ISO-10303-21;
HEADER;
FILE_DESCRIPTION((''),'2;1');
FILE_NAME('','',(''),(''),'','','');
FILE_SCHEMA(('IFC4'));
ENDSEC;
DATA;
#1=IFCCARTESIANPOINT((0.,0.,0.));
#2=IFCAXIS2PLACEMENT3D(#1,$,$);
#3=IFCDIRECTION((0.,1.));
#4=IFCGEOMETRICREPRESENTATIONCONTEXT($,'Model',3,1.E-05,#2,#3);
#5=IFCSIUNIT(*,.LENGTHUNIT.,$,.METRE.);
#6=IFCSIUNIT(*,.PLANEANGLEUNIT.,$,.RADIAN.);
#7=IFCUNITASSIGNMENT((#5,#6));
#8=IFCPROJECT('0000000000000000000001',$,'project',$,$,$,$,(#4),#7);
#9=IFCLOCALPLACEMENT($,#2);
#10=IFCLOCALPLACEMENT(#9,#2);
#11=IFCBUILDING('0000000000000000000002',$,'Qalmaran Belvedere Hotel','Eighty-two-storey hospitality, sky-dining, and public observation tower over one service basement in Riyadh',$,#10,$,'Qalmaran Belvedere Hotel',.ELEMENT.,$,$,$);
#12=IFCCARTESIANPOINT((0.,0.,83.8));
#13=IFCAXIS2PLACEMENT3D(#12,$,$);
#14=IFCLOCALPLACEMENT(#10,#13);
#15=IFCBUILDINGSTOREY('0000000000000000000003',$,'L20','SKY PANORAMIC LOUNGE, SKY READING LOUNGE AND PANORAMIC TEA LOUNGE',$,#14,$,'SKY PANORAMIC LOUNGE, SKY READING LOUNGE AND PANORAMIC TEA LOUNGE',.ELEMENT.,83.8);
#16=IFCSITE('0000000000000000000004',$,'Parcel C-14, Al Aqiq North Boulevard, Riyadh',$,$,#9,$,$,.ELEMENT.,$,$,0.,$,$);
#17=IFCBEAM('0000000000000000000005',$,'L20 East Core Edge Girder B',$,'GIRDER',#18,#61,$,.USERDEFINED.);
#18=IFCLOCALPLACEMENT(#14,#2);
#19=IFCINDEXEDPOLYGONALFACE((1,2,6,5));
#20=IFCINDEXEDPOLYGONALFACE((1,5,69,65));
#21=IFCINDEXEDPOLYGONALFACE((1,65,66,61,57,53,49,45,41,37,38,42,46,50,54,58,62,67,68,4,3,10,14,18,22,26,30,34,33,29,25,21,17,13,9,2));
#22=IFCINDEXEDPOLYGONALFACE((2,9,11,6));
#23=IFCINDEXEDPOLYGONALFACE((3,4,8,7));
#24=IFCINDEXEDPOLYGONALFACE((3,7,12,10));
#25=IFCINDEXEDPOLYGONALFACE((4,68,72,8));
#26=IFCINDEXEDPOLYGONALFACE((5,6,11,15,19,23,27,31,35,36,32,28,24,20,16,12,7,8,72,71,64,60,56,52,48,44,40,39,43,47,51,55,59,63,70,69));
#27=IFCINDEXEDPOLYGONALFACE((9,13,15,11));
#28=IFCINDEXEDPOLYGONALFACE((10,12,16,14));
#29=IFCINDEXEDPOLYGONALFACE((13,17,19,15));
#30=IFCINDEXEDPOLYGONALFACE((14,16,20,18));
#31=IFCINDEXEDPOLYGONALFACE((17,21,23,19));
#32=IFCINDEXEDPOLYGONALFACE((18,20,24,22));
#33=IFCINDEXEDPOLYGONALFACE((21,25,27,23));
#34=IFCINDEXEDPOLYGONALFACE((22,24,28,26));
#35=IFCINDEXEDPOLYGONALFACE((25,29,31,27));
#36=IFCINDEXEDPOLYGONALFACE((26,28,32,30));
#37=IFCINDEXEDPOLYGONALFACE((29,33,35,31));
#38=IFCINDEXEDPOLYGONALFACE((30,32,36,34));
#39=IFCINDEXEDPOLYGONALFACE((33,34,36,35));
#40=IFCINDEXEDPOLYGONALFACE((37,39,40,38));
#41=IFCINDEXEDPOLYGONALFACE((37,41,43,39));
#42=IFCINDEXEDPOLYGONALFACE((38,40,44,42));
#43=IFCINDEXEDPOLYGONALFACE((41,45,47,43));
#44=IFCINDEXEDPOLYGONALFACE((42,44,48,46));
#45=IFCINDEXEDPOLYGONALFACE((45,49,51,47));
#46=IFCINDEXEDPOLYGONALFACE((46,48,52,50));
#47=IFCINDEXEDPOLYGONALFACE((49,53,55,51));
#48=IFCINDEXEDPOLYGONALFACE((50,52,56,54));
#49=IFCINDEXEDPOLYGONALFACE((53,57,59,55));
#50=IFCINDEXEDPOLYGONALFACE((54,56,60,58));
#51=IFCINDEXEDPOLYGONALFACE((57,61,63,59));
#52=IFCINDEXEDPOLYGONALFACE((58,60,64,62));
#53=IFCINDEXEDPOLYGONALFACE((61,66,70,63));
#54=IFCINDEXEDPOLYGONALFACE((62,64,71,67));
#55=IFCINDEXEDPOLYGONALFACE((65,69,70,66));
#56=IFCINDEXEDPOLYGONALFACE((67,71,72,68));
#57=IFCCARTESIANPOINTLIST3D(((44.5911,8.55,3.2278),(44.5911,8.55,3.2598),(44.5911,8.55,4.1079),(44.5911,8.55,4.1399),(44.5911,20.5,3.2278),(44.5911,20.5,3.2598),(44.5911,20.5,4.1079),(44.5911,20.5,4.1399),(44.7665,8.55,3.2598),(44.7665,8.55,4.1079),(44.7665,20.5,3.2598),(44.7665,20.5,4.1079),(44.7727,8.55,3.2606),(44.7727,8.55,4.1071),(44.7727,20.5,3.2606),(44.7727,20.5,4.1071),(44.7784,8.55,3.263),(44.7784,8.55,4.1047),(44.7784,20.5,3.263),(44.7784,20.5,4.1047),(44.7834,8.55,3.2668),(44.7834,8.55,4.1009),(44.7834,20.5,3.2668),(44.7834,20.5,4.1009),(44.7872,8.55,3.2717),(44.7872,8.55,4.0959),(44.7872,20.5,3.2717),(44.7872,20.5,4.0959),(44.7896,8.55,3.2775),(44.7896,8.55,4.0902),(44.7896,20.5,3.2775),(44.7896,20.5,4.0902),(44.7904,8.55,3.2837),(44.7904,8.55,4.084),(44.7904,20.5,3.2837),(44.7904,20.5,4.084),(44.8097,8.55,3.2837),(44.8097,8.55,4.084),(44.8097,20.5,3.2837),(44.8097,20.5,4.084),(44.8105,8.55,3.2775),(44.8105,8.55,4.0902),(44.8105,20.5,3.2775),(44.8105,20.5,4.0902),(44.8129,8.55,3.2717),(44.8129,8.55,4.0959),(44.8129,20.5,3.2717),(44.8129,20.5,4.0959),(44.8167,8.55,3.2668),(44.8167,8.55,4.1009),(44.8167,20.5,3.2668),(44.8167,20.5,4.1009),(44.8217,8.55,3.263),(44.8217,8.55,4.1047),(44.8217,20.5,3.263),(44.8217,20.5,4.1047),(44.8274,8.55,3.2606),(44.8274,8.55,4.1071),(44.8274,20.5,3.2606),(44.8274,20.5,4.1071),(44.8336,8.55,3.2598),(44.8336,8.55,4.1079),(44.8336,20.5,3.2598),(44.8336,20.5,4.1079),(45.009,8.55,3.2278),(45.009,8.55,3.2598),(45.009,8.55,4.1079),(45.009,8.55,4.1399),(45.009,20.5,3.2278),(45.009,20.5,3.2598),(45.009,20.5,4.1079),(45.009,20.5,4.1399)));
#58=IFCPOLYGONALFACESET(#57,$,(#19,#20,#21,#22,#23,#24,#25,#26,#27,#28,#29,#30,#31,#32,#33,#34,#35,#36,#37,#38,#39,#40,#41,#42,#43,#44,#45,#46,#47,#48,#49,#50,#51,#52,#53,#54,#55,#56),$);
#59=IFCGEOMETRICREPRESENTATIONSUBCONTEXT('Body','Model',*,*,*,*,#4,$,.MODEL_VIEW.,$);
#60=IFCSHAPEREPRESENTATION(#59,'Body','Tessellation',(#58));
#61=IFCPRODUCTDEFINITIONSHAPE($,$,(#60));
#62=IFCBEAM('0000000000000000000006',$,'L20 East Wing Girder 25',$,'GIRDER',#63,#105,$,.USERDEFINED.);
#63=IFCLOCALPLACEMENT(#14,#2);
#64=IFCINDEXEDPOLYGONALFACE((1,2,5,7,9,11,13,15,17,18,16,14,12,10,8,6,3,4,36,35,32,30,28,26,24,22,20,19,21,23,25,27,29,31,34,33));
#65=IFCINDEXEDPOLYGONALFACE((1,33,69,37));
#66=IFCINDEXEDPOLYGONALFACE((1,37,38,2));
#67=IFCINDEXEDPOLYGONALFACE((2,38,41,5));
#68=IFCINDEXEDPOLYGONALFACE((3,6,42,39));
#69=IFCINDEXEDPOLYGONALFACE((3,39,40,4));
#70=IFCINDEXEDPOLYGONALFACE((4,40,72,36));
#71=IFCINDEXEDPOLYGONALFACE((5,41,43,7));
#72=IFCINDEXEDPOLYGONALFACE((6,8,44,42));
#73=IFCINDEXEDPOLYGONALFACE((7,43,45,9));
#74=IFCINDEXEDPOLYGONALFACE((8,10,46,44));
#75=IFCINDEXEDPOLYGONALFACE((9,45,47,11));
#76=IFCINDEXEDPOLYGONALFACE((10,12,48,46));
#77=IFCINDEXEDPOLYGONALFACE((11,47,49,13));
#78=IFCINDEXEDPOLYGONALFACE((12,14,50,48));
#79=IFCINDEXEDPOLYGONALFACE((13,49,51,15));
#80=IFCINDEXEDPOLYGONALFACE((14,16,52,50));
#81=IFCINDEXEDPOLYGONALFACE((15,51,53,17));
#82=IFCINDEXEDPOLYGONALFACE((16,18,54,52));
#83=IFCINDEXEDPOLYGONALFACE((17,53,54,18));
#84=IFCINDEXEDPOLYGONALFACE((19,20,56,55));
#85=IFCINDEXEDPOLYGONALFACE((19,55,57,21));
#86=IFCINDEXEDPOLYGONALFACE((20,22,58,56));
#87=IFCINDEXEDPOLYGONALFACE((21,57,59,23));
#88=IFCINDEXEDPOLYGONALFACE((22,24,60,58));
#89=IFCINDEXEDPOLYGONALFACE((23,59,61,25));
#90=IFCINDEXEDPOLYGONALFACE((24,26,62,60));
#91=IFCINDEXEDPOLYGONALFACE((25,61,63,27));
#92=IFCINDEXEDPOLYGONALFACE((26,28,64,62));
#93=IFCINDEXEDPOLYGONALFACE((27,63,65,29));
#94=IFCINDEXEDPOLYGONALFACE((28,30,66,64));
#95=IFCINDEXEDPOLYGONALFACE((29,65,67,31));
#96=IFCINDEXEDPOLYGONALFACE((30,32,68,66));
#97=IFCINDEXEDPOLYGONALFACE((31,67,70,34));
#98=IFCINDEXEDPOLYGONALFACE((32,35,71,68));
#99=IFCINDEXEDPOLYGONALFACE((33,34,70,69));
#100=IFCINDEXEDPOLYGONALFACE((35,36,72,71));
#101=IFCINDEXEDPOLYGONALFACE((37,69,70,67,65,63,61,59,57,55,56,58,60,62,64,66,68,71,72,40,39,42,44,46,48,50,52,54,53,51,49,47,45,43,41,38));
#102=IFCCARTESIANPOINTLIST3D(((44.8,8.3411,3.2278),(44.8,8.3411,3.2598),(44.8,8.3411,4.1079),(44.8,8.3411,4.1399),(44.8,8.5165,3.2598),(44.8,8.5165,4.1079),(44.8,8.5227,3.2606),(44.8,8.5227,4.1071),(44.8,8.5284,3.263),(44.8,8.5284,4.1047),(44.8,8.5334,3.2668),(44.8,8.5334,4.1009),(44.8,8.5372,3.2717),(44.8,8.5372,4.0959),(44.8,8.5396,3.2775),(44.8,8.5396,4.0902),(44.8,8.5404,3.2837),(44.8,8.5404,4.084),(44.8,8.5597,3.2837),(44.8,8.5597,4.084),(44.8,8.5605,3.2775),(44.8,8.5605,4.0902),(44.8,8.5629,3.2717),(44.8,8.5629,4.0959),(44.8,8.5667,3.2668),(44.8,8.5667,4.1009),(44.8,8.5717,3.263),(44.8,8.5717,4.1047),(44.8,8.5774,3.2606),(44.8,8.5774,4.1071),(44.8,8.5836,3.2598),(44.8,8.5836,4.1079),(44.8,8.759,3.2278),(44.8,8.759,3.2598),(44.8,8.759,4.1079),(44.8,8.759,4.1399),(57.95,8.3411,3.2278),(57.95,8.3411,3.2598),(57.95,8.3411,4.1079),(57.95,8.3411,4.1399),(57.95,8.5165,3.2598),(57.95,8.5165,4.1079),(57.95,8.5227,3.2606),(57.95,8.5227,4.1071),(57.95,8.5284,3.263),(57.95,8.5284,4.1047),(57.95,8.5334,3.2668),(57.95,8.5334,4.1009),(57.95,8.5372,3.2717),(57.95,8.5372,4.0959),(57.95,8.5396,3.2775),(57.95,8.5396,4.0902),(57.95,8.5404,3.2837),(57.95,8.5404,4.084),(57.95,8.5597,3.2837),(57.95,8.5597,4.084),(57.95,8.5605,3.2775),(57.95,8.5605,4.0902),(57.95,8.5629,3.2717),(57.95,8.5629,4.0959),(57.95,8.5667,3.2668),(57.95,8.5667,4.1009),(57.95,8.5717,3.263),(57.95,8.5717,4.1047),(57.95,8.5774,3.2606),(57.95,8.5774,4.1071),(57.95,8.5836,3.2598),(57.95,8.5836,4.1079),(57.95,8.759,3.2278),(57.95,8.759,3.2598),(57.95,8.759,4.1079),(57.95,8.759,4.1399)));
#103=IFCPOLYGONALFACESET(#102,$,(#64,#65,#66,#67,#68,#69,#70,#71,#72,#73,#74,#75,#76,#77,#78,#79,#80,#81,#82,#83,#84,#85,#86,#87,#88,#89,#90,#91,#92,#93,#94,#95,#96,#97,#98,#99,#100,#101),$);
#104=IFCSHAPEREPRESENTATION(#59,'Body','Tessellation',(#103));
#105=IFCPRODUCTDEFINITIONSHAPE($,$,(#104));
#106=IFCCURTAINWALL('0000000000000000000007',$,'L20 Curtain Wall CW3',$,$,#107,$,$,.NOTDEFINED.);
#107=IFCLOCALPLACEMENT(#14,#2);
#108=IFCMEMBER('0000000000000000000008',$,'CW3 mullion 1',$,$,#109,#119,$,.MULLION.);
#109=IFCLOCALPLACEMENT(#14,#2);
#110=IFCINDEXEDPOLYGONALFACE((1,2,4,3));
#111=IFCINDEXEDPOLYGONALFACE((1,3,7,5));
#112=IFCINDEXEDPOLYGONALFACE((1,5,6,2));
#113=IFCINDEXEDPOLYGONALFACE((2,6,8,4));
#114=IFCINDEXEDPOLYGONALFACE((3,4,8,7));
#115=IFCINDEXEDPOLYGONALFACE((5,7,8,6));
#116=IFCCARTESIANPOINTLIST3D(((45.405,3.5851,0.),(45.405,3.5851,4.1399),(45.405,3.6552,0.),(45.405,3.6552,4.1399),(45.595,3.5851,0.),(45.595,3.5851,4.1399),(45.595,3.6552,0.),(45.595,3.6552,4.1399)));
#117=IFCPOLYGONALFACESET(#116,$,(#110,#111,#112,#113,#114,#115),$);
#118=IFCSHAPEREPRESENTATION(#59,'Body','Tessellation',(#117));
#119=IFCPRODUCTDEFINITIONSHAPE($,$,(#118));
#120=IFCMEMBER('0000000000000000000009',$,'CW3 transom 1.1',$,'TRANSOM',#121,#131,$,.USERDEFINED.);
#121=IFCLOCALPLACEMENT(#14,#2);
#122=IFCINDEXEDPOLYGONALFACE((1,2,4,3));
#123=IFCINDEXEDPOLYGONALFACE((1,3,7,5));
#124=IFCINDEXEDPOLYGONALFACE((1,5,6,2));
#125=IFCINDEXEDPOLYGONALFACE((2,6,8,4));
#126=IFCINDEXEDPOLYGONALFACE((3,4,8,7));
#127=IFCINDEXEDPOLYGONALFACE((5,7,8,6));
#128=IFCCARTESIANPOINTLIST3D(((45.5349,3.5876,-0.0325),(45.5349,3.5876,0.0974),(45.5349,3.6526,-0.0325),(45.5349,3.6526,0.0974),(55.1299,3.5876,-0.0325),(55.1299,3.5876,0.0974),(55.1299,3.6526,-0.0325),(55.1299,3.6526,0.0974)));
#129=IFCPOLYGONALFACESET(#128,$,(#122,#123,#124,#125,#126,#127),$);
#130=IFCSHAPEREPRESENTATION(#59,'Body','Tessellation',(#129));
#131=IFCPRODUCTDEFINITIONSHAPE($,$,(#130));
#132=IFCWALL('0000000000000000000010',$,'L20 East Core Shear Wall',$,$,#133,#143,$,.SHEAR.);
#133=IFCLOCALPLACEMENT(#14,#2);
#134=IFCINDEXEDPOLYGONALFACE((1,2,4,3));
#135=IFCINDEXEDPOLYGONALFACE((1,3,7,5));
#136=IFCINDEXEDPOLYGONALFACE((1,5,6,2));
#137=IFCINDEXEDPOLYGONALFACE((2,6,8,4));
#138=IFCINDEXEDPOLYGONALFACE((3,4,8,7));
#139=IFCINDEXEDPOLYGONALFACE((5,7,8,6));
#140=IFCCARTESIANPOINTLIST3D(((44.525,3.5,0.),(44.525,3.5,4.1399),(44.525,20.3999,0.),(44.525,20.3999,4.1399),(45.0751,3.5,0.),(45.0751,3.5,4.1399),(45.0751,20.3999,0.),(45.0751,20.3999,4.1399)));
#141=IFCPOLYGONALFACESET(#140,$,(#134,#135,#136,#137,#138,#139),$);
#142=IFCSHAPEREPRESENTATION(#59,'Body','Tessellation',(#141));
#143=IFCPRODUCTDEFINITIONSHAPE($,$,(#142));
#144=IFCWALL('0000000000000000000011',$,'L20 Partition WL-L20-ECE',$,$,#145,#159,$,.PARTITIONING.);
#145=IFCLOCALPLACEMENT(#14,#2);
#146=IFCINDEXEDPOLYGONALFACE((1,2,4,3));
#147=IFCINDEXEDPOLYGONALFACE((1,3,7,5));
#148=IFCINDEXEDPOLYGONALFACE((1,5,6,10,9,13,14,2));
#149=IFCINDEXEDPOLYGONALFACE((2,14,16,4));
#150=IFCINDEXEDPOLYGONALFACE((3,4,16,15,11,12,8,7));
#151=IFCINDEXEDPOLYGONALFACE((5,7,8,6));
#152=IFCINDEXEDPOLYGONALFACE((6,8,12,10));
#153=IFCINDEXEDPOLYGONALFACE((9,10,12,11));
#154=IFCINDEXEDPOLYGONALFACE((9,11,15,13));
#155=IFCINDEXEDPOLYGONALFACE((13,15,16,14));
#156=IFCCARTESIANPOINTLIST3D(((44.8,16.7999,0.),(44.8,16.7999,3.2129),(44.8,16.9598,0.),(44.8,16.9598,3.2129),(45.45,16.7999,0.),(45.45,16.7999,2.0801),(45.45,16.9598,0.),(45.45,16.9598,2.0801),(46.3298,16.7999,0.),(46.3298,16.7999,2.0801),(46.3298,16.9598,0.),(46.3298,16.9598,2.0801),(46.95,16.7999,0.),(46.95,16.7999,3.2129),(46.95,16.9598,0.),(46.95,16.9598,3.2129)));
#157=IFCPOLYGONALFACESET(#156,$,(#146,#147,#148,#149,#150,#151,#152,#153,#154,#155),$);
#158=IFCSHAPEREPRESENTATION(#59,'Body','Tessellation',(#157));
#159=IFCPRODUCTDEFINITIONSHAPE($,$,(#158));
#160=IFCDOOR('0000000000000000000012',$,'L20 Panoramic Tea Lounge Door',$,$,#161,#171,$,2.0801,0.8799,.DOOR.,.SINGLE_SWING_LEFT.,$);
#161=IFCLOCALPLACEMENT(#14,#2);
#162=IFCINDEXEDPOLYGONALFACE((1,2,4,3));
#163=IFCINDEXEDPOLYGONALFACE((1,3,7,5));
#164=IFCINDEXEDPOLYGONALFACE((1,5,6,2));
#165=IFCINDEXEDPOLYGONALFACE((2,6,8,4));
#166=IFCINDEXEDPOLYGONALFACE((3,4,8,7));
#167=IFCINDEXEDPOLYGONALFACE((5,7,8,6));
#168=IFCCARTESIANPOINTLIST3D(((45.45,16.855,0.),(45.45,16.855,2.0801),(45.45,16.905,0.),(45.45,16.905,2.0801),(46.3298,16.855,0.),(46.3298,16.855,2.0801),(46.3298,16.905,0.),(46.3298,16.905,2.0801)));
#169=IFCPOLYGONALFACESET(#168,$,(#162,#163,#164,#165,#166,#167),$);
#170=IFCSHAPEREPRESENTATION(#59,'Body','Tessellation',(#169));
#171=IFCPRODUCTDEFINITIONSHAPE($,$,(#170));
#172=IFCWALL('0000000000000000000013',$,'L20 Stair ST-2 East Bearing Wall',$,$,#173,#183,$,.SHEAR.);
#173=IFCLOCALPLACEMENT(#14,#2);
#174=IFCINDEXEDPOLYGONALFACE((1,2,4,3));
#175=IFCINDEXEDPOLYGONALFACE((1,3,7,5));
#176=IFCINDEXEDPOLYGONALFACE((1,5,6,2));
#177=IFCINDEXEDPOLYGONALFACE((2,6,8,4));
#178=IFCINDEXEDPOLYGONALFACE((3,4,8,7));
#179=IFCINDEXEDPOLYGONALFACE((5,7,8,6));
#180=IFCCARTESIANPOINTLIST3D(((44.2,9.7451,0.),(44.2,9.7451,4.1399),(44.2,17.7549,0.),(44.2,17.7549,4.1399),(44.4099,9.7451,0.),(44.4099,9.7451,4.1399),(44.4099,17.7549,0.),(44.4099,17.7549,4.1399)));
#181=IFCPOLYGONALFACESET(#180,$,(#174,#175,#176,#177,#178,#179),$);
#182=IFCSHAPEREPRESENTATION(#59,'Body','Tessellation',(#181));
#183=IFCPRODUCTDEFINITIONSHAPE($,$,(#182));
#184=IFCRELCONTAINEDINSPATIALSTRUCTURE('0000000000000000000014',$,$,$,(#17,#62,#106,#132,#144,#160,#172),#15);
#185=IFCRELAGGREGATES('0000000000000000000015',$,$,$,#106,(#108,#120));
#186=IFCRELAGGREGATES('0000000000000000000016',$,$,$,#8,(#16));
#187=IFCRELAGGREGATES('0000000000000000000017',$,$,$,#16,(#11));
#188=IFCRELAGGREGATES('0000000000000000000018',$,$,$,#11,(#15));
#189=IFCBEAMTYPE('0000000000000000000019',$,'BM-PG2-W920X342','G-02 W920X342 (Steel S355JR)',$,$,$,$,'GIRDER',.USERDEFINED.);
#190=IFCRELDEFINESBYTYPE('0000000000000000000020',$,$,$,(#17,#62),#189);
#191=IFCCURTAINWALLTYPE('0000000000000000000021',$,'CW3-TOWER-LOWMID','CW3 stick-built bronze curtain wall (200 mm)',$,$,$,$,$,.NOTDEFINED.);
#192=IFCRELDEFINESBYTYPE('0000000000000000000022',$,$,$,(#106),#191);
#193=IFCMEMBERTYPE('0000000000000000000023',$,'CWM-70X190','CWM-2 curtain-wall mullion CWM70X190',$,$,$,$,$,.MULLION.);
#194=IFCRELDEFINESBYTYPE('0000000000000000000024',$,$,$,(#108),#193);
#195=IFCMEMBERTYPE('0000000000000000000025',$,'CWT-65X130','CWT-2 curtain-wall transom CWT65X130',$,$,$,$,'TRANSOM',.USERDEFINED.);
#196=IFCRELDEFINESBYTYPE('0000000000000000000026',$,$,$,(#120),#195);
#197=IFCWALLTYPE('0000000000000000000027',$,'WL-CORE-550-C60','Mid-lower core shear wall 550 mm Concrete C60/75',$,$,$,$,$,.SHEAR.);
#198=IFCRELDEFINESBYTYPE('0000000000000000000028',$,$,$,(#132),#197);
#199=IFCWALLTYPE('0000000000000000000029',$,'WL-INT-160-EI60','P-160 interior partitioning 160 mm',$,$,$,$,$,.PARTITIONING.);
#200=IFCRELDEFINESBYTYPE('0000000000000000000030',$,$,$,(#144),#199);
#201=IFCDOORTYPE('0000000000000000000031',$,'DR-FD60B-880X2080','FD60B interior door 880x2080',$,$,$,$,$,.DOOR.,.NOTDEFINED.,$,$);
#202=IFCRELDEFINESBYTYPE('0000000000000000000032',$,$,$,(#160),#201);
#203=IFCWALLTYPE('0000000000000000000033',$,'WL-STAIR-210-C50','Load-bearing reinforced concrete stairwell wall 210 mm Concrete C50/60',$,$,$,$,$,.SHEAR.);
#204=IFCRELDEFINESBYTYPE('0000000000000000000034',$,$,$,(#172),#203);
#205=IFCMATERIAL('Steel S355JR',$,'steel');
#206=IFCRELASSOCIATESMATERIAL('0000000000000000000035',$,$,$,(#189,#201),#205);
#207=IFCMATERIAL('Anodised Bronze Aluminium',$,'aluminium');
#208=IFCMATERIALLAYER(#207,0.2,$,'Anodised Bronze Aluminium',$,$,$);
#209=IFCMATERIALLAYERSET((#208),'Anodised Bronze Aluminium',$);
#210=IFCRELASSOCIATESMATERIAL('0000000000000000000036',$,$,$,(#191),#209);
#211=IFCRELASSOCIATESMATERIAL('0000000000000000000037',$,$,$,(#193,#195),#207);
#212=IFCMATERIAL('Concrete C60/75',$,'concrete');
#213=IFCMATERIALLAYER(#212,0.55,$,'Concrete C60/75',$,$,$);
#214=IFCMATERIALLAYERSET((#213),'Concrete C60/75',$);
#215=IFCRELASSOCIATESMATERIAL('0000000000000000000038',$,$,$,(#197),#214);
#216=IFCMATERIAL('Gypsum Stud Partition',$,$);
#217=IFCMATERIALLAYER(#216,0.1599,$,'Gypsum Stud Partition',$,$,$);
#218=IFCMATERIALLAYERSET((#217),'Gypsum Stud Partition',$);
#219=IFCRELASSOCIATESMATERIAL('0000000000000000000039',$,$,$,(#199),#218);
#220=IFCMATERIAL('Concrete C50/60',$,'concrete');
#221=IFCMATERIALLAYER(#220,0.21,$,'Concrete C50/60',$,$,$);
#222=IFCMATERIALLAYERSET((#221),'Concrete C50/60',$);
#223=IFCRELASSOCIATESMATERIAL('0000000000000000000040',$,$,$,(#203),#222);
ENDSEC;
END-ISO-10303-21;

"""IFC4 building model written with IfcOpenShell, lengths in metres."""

from ifc_helpers import new_model, si_unit, direction, frame, frame_2d, origin, origin_2d, place, context, subcontext, project, spatial, rectangle, i_section, extrude, material, layer, layer_set, material_profile, profile_set, type_object, element, fill, aggregate, save


model = new_model("IFC4")

# Units and contexts
model_context = context("Model", 3, precision=1e-05, world=origin(), true_north=direction((0.0, 1.0)))
body_context = subcontext(model_context, "Body", "Model", "MODEL_VIEW")
ifc_project = project(units=[si_unit("LENGTHUNIT", "METRE"), si_unit("PLANEANGLEUNIT", "RADIAN")], contexts=[model_context])

# Site, building, storey
site_placement = place(None, origin())
site = spatial("IfcSite", under=ifc_project, at=site_placement, Name="Parcel C-14, Al Aqiq North Boulevard, Riyadh", CompositionType="ELEMENT", RefElevation=0.0)
building_placement = place(site_placement, origin())
building = spatial("IfcBuilding", under=site, at=building_placement, Name="Qalmaran Belvedere Hotel", Description="Eighty-two-storey hospitality, sky-dining, and public observation tower over one service basement in Riyadh", LongName="Qalmaran Belvedere Hotel", CompositionType="ELEMENT")
storey_placement = place(building_placement, frame((0.0, 0.0, 83.8)))
storey = spatial("IfcBuildingStorey", under=building, at=storey_placement, Name="L20", Description="SKY PANORAMIC LOUNGE, SKY READING LOUNGE AND PANORAMIC TEA LOUNGE", LongName="SKY PANORAMIC LOUNGE, SKY READING LOUNGE AND PANORAMIC TEA LOUNGE", CompositionType="ELEMENT", Elevation=83.8)

# Shared definitions
ifc_material_1 = material(Name="Concrete C60/75", Category="concrete")

# Beams
ifc_material_2 = material(Name="Steel S355JR", Category="steel")
ifc_material_profile_1 = material_profile(ifc_material_2, i_section(OverallWidth=0.418, OverallDepth=0.9121, WebThickness=0.0193, FlangeThickness=0.032, FilletRadius=0.0239, at=origin_2d()), Name="W920X342")
ifc_profile_set_1 = profile_set([ifc_material_profile_1], Name="Steel S355JR")
beam_type_1 = type_object("IfcBeamType", Name="BM-PG2-W920X342", Description="G-02 W920X342 (Steel S355JR)", ElementType="GIRDER", PredefinedType="USERDEFINED", material=ifc_profile_set_1)
beam_1_placement = place(storey_placement, frame((44.8, 8.55, 3.6838), z_axis=(0.0, 1.0, 0.0), x_axis=(-1.0, 0.0, 0.0)))
element("IfcBeam", 1, at=beam_1_placement, inside=storey, type_object=beam_type_1, Name="L20 East Core Edge Girder B", ObjectType="GIRDER", PredefinedType="USERDEFINED", context=body_context, shape_type="SweptSolid", body=[
    extrude(i_section(OverallWidth=0.418, OverallDepth=0.9121, WebThickness=0.0193, FlangeThickness=0.032, FilletRadius=0.0239, at=origin_2d()), origin(), (0.0, 0.0, 1.0), 11.95),
])
beam_2_placement = place(storey_placement, frame((44.8, 8.55, 3.6838), z_axis=(1.0, 0.0, 0.0), x_axis=(0.0, 1.0, 0.0)))
element("IfcBeam", 2, at=beam_2_placement, inside=storey, type_object=beam_type_1, Name="L20 East Wing Girder 25", ObjectType="GIRDER", PredefinedType="USERDEFINED", context=body_context, shape_type="SweptSolid", body=[
    extrude(i_section(OverallWidth=0.418, OverallDepth=0.9121, WebThickness=0.0193, FlangeThickness=0.032, FilletRadius=0.0239, at=origin_2d()), origin(), (0.0, 0.0, 1.0), 13.1499),
])

# Curtain wall, members
ifc_material_3 = material(Name="Anodised Bronze Aluminium", Category="aluminium")
ifc_layer_1 = layer(ifc_material_3, 0.2, Name="Anodised Bronze Aluminium")
ifc_layer_set_1 = layer_set([ifc_layer_1], Name="Anodised Bronze Aluminium")
curtain_wall_type = type_object("IfcCurtainWallType", Name="CW3-TOWER-LOWMID", Description="CW3 stick-built bronze curtain wall (200 mm)", PredefinedType="NOTDEFINED", material=ifc_layer_set_1)
curtain_wall_placement = place(storey_placement, origin())
curtain_wall = element("IfcCurtainWall", 3, at=curtain_wall_placement, inside=storey, type_object=curtain_wall_type, Name="L20 Curtain Wall CW3", PredefinedType="NOTDEFINED")
ifc_material_profile_2 = material_profile(ifc_material_3, rectangle(XDim=0.0701, YDim=0.1899, at=origin_2d()), Name="CWM70X190")
ifc_profile_set_2 = profile_set([ifc_material_profile_2], Name="Anodised Bronze Aluminium")
member_type_1 = type_object("IfcMemberType", Name="CWM-70X190", Description="CWM-2 curtain-wall mullion CWM70X190", PredefinedType="MULLION", material=ifc_profile_set_2)
member_1_placement = place(storey_placement, frame((45.5, 3.6201, 0.0), z_axis=(0.0, 0.0, 1.0), x_axis=(0.0, 1.0, 0.0)))
member_1 = element("IfcMember", 4, at=member_1_placement, type_object=member_type_1, Name="CW3 mullion 1", PredefinedType="MULLION", context=body_context, shape_type="SweptSolid", body=[
    extrude(rectangle(XDim=0.0701, YDim=0.1899, at=origin_2d()), origin(), (0.0, 0.0, 1.0), 4.1399),
])
ifc_material_profile_3 = material_profile(ifc_material_3, rectangle(XDim=0.0649, YDim=0.1299, at=origin_2d()), Name="CWT65X130")
ifc_profile_set_3 = profile_set([ifc_material_profile_3], Name="Anodised Bronze Aluminium")
member_type_2 = type_object("IfcMemberType", Name="CWT-65X130", Description="CWT-2 curtain-wall transom CWT65X130", ElementType="TRANSOM", PredefinedType="USERDEFINED", material=ifc_profile_set_3)
member_2_placement = place(storey_placement, frame((45.5349, 3.6201, 0.0325), z_axis=(1.0, 0.0, 0.0), x_axis=(0.0, 1.0, 0.0)))
member_2 = element("IfcMember", 5, at=member_2_placement, type_object=member_type_2, Name="CW3 transom 1.1", ObjectType="TRANSOM", PredefinedType="USERDEFINED", context=body_context, shape_type="SweptSolid", body=[
    extrude(rectangle(XDim=0.0649, YDim=0.1299, at=origin_2d()), origin(), (0.0, 0.0, 1.0), 9.595),
])
aggregate(curtain_wall, [member_1, member_2])

# Wall
ifc_layer_2 = layer(ifc_material_1, 0.55, Name="Concrete C60/75")
ifc_layer_set_2 = layer_set([ifc_layer_2], Name="Concrete C60/75")
wall_type_1 = type_object("IfcWallType", Name="WL-CORE-550-C60", Description="Mid-lower core shear wall 550 mm Concrete C60/75", PredefinedType="SHEAR", material=ifc_layer_set_2)
wall_1_placement = place(storey_placement, frame((44.8, 3.5, 0.0), z_axis=(0.0, 0.0, 1.0), x_axis=(0.0, 1.0, 0.0)))
element("IfcWall", 6, at=wall_1_placement, inside=storey, type_object=wall_type_1, Name="L20 East Core Shear Wall", PredefinedType="SHEAR", context=body_context, shape_type="SweptSolid", body=[
    extrude(rectangle(XDim=16.8999, YDim=0.55, at=frame_2d((8.45, 0.0))), origin(), (0.0, 0.0, 1.0), 4.1399),
])

# Wall, opening, door
ifc_material_4 = material(Name="Gypsum Stud Partition")
ifc_layer_3 = layer(ifc_material_4, 0.1599, Name="Gypsum Stud Partition")
ifc_layer_set_3 = layer_set([ifc_layer_3], Name="Gypsum Stud Partition")
wall_type_2 = type_object("IfcWallType", Name="WL-INT-160-EI60", Description="P-160 interior partitioning 160 mm", PredefinedType="PARTITIONING", material=ifc_layer_set_3)
wall_2_placement = place(storey_placement, frame((44.8, 16.8799, 0.0), z_axis=(0.0, 0.0, 1.0), x_axis=(1.0, 0.0, 0.0)))
wall_2 = element("IfcWall", 7, at=wall_2_placement, inside=storey, type_object=wall_type_2, Name="L20 Partition WL-L20-ECE", PredefinedType="PARTITIONING", context=body_context, shape_type="SweptSolid", body=[
    extrude(rectangle(XDim=2.1499, YDim=0.1599, at=frame_2d((1.075, 0.0))), origin(), (0.0, 0.0, 1.0), 3.2129),
])
opening_placement = place(wall_2_placement, frame((1.5298, 0.0, 0.0), z_axis=(0.0, 0.0, 1.0), x_axis=(-1.0, 0.0, 0.0)))
opening = element("IfcOpeningElement", 8, at=opening_placement, cuts=wall_2, PredefinedType="OPENING", context=body_context, shape_type="SweptSolid", body=[
    extrude(rectangle(XDim=0.8799, YDim=2.0801, at=frame_2d((0.4399, 1.04))), frame((0.0, 0.0898, 0.0), z_axis=(0.0, -1.0, 0.0), x_axis=(1.0, 0.0, 0.0)), (0.0, 0.0, 1.0), 0.1799),
])
door_type = type_object("IfcDoorType", Name="DR-FD60B-880X2080", Description="FD60B interior door 880x2080", OperationType="NOTDEFINED", PredefinedType="DOOR", material=ifc_material_2)
door_placement = place(opening_placement, origin())
door = element("IfcDoor", 9, at=door_placement, inside=storey, type_object=door_type, Name="L20 Panoramic Tea Lounge Door", OperationType="SINGLE_SWING_LEFT", OverallHeight=2.0801, OverallWidth=0.8799, PredefinedType="DOOR", context=body_context, shape_type="SweptSolid", body=[
    extrude(rectangle(XDim=0.8799, YDim=2.0801, at=frame_2d((0.4399, 1.04))), frame((0.0, 0.0249, 0.0), z_axis=(0.0, -1.0, 0.0), x_axis=(1.0, 0.0, 0.0)), (0.0, 0.0, 1.0), 0.05),
])
fill(opening, door)

# Wall
ifc_material_5 = material(Name="Concrete C50/60", Category="concrete")
ifc_layer_4 = layer(ifc_material_5, 0.21, Name="Concrete C50/60")
ifc_layer_set_4 = layer_set([ifc_layer_4], Name="Concrete C50/60")
wall_type_3 = type_object("IfcWallType", Name="WL-STAIR-210-C50", Description="Load-bearing reinforced concrete stairwell wall 210 mm Concrete C50/60", PredefinedType="SHEAR", material=ifc_layer_set_4)
wall_3_placement = place(storey_placement, frame((44.3049, 9.7451, 0.0), z_axis=(0.0, 0.0, 1.0), x_axis=(0.0, 1.0, 0.0)))
element("IfcWall", 10, at=wall_3_placement, inside=storey, type_object=wall_type_3, Name="L20 Stair ST-2 East Bearing Wall", PredefinedType="SHEAR", context=body_context, shape_type="SweptSolid", body=[
    extrude(rectangle(XDim=8.0098, YDim=0.21, at=frame_2d((4.0049, 0.0))), origin(), (0.0, 0.0, 1.0), 4.1399),
])

save(model, "model.ifc")
